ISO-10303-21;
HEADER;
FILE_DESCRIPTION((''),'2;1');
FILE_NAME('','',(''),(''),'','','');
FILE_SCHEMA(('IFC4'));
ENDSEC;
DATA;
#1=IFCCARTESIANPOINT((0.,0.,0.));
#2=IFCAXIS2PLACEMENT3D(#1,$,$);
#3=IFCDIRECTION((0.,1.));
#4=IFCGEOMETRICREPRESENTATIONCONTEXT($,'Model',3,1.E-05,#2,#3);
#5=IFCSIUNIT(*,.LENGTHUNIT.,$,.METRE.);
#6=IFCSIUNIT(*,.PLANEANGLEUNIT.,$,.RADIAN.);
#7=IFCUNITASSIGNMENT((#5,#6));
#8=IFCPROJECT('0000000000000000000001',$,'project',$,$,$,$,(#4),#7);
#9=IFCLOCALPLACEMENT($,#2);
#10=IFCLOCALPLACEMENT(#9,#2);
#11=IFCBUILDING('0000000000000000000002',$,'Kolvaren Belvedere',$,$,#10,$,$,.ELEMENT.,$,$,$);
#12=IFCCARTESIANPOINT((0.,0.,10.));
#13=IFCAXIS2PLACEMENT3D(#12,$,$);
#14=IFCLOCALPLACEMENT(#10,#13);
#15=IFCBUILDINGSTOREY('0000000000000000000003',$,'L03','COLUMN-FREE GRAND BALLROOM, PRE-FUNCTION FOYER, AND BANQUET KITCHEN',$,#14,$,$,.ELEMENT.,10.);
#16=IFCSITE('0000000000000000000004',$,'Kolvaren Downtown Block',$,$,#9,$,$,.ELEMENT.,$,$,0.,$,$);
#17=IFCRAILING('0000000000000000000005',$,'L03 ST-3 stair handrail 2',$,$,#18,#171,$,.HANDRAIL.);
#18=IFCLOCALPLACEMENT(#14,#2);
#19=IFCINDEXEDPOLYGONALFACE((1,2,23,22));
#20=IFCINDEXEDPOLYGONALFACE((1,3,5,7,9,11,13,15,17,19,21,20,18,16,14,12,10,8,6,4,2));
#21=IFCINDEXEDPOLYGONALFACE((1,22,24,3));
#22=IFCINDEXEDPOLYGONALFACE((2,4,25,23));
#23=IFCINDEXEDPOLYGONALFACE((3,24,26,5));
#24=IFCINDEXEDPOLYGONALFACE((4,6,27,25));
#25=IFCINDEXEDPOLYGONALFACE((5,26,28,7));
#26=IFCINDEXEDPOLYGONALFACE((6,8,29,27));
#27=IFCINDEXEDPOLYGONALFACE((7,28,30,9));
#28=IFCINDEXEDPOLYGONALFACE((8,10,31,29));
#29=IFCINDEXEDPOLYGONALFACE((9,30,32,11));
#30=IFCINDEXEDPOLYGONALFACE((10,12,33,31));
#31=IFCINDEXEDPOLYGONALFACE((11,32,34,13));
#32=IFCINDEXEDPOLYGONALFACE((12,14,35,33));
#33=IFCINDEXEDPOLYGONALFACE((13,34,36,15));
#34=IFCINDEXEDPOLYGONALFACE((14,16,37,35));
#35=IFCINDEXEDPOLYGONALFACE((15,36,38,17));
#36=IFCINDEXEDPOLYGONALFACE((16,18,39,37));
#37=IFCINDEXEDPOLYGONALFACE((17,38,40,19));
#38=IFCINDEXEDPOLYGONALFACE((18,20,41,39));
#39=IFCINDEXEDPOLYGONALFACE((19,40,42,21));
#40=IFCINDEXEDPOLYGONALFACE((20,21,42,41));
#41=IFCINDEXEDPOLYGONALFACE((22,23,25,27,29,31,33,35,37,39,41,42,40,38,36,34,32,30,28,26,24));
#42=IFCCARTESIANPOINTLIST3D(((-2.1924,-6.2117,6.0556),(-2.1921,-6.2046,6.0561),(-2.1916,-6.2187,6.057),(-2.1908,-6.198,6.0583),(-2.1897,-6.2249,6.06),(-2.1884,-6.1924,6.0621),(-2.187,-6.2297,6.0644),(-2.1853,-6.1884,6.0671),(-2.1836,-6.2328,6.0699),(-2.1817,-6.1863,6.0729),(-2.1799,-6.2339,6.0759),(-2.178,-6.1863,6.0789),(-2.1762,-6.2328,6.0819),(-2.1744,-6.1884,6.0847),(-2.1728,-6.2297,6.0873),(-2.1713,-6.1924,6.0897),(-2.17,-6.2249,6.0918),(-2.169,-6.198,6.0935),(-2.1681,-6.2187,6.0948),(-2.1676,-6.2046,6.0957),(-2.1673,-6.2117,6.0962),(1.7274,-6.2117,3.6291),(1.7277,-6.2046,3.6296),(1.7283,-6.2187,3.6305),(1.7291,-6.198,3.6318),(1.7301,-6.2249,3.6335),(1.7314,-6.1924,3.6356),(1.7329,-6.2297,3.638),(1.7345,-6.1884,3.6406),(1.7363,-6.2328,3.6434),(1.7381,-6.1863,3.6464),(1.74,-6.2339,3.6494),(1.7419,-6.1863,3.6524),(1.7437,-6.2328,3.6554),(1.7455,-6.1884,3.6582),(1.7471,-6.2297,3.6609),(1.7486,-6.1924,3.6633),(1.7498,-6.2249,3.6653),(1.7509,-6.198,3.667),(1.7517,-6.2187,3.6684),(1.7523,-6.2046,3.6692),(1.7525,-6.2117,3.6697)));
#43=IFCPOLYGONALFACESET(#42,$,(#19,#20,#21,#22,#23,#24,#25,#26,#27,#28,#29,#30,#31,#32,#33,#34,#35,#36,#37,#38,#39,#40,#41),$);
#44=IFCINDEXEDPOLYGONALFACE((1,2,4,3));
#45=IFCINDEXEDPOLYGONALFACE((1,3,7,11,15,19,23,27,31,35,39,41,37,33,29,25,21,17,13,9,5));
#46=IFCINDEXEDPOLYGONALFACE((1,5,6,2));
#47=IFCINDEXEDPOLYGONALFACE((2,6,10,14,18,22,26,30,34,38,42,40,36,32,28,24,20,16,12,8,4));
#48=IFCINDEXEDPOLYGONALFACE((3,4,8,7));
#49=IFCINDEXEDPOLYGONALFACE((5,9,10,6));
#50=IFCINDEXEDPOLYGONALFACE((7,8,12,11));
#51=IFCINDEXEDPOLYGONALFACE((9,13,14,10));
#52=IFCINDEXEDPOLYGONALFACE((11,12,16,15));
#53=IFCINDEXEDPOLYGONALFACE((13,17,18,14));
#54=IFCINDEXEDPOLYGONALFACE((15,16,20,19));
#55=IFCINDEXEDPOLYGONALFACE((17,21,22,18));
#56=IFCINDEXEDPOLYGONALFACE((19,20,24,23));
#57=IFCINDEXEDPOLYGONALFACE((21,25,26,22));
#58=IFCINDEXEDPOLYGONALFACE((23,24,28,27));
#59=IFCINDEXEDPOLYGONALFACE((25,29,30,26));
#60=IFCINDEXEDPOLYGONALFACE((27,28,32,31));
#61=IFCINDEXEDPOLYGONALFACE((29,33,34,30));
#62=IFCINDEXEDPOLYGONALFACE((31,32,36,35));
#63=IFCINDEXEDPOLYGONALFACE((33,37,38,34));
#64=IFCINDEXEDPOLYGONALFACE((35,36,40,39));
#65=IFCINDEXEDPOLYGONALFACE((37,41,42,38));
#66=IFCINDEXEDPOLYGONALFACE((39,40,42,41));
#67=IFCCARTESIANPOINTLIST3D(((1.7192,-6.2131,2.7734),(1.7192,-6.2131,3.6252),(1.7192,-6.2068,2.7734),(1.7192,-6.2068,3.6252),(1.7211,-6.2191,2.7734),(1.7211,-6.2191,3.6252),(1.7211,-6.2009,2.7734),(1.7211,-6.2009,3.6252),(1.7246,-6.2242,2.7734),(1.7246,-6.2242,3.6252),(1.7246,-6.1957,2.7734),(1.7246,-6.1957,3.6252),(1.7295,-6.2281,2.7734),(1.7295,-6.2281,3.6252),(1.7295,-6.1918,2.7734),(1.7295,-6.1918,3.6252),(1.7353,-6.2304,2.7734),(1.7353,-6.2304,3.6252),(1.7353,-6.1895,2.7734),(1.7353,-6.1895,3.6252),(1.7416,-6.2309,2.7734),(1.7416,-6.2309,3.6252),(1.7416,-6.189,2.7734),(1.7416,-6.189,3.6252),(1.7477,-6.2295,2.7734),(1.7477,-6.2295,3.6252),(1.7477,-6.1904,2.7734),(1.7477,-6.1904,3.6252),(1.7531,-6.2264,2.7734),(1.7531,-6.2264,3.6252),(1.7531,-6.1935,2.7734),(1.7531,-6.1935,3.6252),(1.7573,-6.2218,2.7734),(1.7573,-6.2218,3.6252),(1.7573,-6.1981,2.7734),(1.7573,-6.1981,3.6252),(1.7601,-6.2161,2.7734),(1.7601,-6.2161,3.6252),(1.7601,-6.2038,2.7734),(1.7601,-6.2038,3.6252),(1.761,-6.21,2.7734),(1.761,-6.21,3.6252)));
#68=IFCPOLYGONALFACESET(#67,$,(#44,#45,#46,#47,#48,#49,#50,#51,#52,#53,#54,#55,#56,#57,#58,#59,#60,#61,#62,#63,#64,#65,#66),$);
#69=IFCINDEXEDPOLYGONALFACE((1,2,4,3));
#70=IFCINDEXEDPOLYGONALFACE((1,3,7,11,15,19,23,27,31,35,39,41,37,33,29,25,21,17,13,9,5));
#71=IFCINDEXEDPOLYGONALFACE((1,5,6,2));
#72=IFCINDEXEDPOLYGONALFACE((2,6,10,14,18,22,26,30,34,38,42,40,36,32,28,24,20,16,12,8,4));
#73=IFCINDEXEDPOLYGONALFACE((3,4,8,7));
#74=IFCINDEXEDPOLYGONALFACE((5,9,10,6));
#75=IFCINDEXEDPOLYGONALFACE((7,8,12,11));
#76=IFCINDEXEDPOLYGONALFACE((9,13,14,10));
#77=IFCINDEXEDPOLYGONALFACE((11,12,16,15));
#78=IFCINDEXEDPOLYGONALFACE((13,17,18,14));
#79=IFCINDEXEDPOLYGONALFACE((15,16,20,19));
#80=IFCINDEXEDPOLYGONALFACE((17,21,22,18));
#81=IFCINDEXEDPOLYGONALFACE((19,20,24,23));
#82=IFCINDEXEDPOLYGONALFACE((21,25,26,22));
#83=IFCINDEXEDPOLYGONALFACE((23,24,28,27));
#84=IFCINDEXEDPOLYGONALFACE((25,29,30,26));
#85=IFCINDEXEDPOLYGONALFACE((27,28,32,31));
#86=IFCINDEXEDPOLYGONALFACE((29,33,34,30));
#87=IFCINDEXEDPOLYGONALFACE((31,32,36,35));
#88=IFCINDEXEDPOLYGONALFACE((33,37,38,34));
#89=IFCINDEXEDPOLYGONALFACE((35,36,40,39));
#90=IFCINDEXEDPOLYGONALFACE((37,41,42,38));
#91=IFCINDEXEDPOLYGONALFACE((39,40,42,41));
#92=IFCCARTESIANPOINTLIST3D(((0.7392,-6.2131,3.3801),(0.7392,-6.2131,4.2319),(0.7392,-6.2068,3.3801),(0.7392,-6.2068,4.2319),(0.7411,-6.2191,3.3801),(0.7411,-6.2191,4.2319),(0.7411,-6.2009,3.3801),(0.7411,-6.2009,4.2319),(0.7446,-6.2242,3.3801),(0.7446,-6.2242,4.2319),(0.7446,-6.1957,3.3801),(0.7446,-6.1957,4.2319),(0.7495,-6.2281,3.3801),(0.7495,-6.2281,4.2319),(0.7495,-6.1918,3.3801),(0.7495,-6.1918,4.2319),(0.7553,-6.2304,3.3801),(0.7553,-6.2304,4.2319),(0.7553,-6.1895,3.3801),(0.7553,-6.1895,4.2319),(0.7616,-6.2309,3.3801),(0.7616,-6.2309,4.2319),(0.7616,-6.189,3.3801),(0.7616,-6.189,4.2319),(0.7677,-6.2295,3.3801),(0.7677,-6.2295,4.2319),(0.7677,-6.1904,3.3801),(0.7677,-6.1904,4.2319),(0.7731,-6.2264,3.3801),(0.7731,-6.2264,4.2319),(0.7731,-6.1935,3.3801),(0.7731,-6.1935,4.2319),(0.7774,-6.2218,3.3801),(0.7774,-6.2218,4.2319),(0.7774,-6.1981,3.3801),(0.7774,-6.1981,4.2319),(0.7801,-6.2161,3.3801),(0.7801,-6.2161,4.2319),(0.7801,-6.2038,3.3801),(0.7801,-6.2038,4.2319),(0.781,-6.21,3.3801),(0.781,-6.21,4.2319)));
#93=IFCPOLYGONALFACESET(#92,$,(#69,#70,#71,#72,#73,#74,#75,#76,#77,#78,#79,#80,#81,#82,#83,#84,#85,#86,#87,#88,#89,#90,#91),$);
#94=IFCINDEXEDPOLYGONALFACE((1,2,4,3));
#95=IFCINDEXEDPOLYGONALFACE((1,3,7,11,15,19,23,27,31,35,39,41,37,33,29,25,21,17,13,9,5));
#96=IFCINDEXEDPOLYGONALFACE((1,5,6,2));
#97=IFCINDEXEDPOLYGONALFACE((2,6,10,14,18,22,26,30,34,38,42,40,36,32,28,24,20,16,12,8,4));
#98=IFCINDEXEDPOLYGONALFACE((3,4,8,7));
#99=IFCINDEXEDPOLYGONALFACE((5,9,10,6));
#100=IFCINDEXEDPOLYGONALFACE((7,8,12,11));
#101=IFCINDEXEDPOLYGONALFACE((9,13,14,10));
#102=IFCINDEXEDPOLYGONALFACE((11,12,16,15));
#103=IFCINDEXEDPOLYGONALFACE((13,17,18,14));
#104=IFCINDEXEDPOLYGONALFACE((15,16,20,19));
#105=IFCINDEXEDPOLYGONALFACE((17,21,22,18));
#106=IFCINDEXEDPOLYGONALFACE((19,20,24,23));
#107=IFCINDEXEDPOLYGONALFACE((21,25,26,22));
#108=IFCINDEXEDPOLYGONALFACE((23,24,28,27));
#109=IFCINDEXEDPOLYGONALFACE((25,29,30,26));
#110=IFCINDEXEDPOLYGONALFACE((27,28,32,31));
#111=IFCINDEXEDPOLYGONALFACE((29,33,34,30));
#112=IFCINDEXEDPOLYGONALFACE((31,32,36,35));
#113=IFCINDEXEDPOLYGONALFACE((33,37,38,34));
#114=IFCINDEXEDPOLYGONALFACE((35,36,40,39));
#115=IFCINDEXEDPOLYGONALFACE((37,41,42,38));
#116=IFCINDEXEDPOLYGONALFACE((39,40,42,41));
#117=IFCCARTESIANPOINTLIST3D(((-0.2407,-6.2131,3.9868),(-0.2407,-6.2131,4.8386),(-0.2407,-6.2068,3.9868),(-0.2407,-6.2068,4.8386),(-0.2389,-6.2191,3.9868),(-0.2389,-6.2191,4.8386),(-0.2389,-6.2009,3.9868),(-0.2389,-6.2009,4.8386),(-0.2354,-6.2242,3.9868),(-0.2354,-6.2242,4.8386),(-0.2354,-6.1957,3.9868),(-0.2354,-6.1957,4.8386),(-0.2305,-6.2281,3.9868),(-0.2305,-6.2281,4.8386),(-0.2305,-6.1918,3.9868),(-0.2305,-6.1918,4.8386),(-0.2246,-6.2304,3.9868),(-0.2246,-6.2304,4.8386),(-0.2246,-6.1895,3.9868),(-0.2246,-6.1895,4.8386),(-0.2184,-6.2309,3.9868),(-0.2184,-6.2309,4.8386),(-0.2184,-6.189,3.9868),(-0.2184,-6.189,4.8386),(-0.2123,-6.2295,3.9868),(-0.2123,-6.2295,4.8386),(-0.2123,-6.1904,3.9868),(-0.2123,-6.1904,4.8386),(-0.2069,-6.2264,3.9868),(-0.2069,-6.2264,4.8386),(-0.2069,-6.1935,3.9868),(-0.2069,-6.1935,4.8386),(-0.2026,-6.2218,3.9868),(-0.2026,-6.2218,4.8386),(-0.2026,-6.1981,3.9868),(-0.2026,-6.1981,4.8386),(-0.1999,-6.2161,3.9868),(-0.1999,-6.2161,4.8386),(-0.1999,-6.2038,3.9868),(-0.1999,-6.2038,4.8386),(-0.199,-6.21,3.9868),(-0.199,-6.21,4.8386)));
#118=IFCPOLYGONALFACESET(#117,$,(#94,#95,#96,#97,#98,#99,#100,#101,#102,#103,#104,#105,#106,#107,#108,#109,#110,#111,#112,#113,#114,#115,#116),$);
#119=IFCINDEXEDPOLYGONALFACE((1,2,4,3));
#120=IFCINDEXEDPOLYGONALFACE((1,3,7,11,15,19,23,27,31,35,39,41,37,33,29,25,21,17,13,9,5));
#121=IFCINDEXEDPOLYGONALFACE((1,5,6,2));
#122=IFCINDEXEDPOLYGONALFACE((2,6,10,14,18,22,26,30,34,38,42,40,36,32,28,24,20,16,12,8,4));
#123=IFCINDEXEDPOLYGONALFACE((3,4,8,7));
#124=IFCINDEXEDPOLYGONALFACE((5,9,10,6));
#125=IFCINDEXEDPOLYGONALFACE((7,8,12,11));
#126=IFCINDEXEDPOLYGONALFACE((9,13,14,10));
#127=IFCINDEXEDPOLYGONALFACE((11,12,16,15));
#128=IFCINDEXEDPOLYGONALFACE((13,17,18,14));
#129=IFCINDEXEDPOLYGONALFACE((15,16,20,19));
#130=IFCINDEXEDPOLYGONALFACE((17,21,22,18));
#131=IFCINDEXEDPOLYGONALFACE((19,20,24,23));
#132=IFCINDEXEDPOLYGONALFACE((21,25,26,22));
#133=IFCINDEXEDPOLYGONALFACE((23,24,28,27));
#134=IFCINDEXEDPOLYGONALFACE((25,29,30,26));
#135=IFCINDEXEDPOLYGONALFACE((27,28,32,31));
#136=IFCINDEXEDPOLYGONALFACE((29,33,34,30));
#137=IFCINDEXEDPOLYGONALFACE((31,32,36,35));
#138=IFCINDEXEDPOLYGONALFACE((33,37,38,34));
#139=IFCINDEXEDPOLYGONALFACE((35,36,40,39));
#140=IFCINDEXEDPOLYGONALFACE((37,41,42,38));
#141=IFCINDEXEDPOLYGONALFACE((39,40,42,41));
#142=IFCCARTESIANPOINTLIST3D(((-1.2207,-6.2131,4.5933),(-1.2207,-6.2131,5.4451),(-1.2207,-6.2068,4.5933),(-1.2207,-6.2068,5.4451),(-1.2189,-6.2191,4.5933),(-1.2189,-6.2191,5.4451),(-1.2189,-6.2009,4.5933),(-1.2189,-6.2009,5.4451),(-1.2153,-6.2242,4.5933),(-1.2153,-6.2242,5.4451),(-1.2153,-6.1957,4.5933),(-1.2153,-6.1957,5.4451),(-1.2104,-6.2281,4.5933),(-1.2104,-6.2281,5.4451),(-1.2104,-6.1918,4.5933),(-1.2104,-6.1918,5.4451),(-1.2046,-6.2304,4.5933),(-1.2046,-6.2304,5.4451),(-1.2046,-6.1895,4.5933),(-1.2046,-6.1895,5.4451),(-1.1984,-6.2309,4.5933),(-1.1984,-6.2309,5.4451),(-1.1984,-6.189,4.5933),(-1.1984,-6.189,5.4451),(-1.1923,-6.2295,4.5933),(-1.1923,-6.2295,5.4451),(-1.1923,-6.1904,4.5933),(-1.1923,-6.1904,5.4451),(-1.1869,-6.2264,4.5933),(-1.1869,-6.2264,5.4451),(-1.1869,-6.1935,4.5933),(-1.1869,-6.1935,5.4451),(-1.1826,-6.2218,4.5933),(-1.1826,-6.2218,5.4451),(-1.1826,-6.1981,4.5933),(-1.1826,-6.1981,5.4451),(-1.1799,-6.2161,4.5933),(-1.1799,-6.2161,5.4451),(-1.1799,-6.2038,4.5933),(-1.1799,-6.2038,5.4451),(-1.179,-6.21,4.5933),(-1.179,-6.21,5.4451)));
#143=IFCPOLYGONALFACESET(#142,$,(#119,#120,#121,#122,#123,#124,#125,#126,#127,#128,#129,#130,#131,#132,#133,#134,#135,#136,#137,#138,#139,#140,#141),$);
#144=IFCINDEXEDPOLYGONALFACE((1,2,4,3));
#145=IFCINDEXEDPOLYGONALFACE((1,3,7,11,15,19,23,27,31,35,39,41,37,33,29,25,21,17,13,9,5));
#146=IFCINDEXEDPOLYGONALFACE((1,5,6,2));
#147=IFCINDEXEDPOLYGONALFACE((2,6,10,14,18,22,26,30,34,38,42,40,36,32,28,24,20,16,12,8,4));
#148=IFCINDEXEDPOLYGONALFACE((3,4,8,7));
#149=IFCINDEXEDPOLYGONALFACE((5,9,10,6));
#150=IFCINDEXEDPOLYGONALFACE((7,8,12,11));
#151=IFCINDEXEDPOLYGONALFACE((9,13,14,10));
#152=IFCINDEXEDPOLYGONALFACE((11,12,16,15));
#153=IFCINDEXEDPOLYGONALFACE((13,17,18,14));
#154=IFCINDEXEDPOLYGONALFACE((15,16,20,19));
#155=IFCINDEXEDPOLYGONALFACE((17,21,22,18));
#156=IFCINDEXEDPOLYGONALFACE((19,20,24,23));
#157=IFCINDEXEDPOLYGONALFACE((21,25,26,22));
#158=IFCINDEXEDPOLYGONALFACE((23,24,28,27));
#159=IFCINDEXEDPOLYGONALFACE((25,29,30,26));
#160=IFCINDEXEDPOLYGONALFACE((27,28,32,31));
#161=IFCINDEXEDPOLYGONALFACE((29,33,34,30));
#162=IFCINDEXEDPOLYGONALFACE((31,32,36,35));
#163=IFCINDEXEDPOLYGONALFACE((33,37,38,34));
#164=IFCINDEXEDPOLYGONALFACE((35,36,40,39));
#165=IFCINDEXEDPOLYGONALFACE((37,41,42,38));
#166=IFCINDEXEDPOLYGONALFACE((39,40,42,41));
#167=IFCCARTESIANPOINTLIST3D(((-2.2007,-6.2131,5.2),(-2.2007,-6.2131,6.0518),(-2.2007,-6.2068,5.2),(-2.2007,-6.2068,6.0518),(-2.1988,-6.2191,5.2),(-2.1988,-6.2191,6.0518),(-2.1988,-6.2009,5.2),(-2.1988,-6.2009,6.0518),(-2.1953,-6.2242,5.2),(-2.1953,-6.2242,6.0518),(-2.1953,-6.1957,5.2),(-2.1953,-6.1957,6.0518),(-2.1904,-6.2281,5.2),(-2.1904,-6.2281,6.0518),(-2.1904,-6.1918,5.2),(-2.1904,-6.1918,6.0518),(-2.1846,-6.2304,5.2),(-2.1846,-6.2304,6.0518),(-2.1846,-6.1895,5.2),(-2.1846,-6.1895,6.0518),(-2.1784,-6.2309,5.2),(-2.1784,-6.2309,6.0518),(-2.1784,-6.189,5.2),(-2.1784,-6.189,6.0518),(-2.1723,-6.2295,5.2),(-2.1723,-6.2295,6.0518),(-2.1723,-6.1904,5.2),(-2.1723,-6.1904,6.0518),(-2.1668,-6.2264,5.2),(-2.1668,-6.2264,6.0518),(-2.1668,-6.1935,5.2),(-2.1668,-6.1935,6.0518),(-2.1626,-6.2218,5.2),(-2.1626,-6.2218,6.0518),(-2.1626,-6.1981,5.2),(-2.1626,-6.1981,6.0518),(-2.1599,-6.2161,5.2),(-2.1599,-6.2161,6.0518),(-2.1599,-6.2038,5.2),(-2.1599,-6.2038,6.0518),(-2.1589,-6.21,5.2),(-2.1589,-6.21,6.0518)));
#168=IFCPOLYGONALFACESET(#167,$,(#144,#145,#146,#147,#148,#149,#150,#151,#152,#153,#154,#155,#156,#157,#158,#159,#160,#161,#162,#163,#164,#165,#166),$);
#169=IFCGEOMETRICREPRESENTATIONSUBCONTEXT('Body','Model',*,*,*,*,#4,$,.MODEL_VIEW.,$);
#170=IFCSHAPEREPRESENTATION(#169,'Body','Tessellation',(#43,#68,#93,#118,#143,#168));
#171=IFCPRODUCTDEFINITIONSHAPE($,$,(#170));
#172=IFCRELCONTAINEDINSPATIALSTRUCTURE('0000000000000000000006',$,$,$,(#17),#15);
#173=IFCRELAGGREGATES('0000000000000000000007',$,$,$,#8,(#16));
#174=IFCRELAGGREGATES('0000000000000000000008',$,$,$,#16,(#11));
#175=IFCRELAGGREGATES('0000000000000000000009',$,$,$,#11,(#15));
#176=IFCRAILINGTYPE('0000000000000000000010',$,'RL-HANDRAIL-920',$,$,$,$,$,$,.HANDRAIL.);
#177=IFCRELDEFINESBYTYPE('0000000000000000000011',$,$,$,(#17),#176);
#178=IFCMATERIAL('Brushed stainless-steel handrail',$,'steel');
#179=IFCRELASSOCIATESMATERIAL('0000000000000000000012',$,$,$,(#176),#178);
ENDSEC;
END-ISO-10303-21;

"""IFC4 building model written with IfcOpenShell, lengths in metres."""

from ifc_helpers import new_model, si_unit, direction, frame, origin, origin_2d, place, context, subcontext, project, spatial, circle, extrude, material, type_object, element, save


model = new_model("IFC4")

# Units and contexts
model_context = context("Model", 3, precision=1e-05, world=origin(), true_north=direction((0.0, 1.0)))
body_context = subcontext(model_context, "Body", "Model", "MODEL_VIEW")
ifc_project = project(units=[si_unit("LENGTHUNIT", "METRE"), si_unit("PLANEANGLEUNIT", "RADIAN")], contexts=[model_context])

# Site, building, storey
site_placement = place(None, origin())
site = spatial("IfcSite", under=ifc_project, at=site_placement, Name="Kolvaren Downtown Block", CompositionType="ELEMENT", RefElevation=0.0)
building_placement = place(site_placement, origin())
building = spatial("IfcBuilding", under=site, at=building_placement, Name="Kolvaren Belvedere", CompositionType="ELEMENT")
storey_placement = place(building_placement, frame((0.0, 0.0, 10.0)))
storey = spatial("IfcBuildingStorey", under=building, at=storey_placement, Name="L03", Description="COLUMN-FREE GRAND BALLROOM, PRE-FUNCTION FOYER, AND BANQUET KITCHEN", CompositionType="ELEMENT", Elevation=10.0)

# Railing
ifc_material_1 = material(Name="Brushed stainless-steel handrail", Category="steel")
railing_type_1 = type_object("IfcRailingType", Name="RL-HANDRAIL-920", PredefinedType="HANDRAIL", material=ifc_material_1)
railing_1_placement = place(storey_placement, frame((1.74, -6.21, 2.7734)))
element("IfcRailing", 1, at=railing_1_placement, inside=storey, type_object=railing_type_1, Name="L03 ST-3 stair handrail 2", PredefinedType="HANDRAIL", context=body_context, shape_type="SweptSolid", body=[
    extrude(circle(Radius=0.0239, at=origin_2d()), frame((0.0, 0.0, 0.876), z_axis=(-0.850275, 0.0, 0.526338), x_axis=(0.0, -1.0, 0.0)), (0.0, 0.0, 1.0), 4.6101),
    extrude(circle(Radius=0.021, at=origin_2d()), origin(), (0.0, 0.0, 1.0), 0.8518),
    extrude(circle(Radius=0.021, at=origin_2d()), frame((-0.98, 0.0, 0.6067)), (0.0, 0.0, 1.0), 0.8518),
    extrude(circle(Radius=0.021, at=origin_2d()), frame((-1.96, 0.0, 1.2134)), (0.0, 0.0, 1.0), 0.8518),
    extrude(circle(Radius=0.021, at=origin_2d()), frame((-2.9399, 0.0, 1.8198)), (0.0, 0.0, 1.0), 0.8518),
    extrude(circle(Radius=0.021, at=origin_2d()), frame((-3.9199, 0.0, 2.4265)), (0.0, 0.0, 1.0), 0.8518),
])

save(model, "model.ifc")
